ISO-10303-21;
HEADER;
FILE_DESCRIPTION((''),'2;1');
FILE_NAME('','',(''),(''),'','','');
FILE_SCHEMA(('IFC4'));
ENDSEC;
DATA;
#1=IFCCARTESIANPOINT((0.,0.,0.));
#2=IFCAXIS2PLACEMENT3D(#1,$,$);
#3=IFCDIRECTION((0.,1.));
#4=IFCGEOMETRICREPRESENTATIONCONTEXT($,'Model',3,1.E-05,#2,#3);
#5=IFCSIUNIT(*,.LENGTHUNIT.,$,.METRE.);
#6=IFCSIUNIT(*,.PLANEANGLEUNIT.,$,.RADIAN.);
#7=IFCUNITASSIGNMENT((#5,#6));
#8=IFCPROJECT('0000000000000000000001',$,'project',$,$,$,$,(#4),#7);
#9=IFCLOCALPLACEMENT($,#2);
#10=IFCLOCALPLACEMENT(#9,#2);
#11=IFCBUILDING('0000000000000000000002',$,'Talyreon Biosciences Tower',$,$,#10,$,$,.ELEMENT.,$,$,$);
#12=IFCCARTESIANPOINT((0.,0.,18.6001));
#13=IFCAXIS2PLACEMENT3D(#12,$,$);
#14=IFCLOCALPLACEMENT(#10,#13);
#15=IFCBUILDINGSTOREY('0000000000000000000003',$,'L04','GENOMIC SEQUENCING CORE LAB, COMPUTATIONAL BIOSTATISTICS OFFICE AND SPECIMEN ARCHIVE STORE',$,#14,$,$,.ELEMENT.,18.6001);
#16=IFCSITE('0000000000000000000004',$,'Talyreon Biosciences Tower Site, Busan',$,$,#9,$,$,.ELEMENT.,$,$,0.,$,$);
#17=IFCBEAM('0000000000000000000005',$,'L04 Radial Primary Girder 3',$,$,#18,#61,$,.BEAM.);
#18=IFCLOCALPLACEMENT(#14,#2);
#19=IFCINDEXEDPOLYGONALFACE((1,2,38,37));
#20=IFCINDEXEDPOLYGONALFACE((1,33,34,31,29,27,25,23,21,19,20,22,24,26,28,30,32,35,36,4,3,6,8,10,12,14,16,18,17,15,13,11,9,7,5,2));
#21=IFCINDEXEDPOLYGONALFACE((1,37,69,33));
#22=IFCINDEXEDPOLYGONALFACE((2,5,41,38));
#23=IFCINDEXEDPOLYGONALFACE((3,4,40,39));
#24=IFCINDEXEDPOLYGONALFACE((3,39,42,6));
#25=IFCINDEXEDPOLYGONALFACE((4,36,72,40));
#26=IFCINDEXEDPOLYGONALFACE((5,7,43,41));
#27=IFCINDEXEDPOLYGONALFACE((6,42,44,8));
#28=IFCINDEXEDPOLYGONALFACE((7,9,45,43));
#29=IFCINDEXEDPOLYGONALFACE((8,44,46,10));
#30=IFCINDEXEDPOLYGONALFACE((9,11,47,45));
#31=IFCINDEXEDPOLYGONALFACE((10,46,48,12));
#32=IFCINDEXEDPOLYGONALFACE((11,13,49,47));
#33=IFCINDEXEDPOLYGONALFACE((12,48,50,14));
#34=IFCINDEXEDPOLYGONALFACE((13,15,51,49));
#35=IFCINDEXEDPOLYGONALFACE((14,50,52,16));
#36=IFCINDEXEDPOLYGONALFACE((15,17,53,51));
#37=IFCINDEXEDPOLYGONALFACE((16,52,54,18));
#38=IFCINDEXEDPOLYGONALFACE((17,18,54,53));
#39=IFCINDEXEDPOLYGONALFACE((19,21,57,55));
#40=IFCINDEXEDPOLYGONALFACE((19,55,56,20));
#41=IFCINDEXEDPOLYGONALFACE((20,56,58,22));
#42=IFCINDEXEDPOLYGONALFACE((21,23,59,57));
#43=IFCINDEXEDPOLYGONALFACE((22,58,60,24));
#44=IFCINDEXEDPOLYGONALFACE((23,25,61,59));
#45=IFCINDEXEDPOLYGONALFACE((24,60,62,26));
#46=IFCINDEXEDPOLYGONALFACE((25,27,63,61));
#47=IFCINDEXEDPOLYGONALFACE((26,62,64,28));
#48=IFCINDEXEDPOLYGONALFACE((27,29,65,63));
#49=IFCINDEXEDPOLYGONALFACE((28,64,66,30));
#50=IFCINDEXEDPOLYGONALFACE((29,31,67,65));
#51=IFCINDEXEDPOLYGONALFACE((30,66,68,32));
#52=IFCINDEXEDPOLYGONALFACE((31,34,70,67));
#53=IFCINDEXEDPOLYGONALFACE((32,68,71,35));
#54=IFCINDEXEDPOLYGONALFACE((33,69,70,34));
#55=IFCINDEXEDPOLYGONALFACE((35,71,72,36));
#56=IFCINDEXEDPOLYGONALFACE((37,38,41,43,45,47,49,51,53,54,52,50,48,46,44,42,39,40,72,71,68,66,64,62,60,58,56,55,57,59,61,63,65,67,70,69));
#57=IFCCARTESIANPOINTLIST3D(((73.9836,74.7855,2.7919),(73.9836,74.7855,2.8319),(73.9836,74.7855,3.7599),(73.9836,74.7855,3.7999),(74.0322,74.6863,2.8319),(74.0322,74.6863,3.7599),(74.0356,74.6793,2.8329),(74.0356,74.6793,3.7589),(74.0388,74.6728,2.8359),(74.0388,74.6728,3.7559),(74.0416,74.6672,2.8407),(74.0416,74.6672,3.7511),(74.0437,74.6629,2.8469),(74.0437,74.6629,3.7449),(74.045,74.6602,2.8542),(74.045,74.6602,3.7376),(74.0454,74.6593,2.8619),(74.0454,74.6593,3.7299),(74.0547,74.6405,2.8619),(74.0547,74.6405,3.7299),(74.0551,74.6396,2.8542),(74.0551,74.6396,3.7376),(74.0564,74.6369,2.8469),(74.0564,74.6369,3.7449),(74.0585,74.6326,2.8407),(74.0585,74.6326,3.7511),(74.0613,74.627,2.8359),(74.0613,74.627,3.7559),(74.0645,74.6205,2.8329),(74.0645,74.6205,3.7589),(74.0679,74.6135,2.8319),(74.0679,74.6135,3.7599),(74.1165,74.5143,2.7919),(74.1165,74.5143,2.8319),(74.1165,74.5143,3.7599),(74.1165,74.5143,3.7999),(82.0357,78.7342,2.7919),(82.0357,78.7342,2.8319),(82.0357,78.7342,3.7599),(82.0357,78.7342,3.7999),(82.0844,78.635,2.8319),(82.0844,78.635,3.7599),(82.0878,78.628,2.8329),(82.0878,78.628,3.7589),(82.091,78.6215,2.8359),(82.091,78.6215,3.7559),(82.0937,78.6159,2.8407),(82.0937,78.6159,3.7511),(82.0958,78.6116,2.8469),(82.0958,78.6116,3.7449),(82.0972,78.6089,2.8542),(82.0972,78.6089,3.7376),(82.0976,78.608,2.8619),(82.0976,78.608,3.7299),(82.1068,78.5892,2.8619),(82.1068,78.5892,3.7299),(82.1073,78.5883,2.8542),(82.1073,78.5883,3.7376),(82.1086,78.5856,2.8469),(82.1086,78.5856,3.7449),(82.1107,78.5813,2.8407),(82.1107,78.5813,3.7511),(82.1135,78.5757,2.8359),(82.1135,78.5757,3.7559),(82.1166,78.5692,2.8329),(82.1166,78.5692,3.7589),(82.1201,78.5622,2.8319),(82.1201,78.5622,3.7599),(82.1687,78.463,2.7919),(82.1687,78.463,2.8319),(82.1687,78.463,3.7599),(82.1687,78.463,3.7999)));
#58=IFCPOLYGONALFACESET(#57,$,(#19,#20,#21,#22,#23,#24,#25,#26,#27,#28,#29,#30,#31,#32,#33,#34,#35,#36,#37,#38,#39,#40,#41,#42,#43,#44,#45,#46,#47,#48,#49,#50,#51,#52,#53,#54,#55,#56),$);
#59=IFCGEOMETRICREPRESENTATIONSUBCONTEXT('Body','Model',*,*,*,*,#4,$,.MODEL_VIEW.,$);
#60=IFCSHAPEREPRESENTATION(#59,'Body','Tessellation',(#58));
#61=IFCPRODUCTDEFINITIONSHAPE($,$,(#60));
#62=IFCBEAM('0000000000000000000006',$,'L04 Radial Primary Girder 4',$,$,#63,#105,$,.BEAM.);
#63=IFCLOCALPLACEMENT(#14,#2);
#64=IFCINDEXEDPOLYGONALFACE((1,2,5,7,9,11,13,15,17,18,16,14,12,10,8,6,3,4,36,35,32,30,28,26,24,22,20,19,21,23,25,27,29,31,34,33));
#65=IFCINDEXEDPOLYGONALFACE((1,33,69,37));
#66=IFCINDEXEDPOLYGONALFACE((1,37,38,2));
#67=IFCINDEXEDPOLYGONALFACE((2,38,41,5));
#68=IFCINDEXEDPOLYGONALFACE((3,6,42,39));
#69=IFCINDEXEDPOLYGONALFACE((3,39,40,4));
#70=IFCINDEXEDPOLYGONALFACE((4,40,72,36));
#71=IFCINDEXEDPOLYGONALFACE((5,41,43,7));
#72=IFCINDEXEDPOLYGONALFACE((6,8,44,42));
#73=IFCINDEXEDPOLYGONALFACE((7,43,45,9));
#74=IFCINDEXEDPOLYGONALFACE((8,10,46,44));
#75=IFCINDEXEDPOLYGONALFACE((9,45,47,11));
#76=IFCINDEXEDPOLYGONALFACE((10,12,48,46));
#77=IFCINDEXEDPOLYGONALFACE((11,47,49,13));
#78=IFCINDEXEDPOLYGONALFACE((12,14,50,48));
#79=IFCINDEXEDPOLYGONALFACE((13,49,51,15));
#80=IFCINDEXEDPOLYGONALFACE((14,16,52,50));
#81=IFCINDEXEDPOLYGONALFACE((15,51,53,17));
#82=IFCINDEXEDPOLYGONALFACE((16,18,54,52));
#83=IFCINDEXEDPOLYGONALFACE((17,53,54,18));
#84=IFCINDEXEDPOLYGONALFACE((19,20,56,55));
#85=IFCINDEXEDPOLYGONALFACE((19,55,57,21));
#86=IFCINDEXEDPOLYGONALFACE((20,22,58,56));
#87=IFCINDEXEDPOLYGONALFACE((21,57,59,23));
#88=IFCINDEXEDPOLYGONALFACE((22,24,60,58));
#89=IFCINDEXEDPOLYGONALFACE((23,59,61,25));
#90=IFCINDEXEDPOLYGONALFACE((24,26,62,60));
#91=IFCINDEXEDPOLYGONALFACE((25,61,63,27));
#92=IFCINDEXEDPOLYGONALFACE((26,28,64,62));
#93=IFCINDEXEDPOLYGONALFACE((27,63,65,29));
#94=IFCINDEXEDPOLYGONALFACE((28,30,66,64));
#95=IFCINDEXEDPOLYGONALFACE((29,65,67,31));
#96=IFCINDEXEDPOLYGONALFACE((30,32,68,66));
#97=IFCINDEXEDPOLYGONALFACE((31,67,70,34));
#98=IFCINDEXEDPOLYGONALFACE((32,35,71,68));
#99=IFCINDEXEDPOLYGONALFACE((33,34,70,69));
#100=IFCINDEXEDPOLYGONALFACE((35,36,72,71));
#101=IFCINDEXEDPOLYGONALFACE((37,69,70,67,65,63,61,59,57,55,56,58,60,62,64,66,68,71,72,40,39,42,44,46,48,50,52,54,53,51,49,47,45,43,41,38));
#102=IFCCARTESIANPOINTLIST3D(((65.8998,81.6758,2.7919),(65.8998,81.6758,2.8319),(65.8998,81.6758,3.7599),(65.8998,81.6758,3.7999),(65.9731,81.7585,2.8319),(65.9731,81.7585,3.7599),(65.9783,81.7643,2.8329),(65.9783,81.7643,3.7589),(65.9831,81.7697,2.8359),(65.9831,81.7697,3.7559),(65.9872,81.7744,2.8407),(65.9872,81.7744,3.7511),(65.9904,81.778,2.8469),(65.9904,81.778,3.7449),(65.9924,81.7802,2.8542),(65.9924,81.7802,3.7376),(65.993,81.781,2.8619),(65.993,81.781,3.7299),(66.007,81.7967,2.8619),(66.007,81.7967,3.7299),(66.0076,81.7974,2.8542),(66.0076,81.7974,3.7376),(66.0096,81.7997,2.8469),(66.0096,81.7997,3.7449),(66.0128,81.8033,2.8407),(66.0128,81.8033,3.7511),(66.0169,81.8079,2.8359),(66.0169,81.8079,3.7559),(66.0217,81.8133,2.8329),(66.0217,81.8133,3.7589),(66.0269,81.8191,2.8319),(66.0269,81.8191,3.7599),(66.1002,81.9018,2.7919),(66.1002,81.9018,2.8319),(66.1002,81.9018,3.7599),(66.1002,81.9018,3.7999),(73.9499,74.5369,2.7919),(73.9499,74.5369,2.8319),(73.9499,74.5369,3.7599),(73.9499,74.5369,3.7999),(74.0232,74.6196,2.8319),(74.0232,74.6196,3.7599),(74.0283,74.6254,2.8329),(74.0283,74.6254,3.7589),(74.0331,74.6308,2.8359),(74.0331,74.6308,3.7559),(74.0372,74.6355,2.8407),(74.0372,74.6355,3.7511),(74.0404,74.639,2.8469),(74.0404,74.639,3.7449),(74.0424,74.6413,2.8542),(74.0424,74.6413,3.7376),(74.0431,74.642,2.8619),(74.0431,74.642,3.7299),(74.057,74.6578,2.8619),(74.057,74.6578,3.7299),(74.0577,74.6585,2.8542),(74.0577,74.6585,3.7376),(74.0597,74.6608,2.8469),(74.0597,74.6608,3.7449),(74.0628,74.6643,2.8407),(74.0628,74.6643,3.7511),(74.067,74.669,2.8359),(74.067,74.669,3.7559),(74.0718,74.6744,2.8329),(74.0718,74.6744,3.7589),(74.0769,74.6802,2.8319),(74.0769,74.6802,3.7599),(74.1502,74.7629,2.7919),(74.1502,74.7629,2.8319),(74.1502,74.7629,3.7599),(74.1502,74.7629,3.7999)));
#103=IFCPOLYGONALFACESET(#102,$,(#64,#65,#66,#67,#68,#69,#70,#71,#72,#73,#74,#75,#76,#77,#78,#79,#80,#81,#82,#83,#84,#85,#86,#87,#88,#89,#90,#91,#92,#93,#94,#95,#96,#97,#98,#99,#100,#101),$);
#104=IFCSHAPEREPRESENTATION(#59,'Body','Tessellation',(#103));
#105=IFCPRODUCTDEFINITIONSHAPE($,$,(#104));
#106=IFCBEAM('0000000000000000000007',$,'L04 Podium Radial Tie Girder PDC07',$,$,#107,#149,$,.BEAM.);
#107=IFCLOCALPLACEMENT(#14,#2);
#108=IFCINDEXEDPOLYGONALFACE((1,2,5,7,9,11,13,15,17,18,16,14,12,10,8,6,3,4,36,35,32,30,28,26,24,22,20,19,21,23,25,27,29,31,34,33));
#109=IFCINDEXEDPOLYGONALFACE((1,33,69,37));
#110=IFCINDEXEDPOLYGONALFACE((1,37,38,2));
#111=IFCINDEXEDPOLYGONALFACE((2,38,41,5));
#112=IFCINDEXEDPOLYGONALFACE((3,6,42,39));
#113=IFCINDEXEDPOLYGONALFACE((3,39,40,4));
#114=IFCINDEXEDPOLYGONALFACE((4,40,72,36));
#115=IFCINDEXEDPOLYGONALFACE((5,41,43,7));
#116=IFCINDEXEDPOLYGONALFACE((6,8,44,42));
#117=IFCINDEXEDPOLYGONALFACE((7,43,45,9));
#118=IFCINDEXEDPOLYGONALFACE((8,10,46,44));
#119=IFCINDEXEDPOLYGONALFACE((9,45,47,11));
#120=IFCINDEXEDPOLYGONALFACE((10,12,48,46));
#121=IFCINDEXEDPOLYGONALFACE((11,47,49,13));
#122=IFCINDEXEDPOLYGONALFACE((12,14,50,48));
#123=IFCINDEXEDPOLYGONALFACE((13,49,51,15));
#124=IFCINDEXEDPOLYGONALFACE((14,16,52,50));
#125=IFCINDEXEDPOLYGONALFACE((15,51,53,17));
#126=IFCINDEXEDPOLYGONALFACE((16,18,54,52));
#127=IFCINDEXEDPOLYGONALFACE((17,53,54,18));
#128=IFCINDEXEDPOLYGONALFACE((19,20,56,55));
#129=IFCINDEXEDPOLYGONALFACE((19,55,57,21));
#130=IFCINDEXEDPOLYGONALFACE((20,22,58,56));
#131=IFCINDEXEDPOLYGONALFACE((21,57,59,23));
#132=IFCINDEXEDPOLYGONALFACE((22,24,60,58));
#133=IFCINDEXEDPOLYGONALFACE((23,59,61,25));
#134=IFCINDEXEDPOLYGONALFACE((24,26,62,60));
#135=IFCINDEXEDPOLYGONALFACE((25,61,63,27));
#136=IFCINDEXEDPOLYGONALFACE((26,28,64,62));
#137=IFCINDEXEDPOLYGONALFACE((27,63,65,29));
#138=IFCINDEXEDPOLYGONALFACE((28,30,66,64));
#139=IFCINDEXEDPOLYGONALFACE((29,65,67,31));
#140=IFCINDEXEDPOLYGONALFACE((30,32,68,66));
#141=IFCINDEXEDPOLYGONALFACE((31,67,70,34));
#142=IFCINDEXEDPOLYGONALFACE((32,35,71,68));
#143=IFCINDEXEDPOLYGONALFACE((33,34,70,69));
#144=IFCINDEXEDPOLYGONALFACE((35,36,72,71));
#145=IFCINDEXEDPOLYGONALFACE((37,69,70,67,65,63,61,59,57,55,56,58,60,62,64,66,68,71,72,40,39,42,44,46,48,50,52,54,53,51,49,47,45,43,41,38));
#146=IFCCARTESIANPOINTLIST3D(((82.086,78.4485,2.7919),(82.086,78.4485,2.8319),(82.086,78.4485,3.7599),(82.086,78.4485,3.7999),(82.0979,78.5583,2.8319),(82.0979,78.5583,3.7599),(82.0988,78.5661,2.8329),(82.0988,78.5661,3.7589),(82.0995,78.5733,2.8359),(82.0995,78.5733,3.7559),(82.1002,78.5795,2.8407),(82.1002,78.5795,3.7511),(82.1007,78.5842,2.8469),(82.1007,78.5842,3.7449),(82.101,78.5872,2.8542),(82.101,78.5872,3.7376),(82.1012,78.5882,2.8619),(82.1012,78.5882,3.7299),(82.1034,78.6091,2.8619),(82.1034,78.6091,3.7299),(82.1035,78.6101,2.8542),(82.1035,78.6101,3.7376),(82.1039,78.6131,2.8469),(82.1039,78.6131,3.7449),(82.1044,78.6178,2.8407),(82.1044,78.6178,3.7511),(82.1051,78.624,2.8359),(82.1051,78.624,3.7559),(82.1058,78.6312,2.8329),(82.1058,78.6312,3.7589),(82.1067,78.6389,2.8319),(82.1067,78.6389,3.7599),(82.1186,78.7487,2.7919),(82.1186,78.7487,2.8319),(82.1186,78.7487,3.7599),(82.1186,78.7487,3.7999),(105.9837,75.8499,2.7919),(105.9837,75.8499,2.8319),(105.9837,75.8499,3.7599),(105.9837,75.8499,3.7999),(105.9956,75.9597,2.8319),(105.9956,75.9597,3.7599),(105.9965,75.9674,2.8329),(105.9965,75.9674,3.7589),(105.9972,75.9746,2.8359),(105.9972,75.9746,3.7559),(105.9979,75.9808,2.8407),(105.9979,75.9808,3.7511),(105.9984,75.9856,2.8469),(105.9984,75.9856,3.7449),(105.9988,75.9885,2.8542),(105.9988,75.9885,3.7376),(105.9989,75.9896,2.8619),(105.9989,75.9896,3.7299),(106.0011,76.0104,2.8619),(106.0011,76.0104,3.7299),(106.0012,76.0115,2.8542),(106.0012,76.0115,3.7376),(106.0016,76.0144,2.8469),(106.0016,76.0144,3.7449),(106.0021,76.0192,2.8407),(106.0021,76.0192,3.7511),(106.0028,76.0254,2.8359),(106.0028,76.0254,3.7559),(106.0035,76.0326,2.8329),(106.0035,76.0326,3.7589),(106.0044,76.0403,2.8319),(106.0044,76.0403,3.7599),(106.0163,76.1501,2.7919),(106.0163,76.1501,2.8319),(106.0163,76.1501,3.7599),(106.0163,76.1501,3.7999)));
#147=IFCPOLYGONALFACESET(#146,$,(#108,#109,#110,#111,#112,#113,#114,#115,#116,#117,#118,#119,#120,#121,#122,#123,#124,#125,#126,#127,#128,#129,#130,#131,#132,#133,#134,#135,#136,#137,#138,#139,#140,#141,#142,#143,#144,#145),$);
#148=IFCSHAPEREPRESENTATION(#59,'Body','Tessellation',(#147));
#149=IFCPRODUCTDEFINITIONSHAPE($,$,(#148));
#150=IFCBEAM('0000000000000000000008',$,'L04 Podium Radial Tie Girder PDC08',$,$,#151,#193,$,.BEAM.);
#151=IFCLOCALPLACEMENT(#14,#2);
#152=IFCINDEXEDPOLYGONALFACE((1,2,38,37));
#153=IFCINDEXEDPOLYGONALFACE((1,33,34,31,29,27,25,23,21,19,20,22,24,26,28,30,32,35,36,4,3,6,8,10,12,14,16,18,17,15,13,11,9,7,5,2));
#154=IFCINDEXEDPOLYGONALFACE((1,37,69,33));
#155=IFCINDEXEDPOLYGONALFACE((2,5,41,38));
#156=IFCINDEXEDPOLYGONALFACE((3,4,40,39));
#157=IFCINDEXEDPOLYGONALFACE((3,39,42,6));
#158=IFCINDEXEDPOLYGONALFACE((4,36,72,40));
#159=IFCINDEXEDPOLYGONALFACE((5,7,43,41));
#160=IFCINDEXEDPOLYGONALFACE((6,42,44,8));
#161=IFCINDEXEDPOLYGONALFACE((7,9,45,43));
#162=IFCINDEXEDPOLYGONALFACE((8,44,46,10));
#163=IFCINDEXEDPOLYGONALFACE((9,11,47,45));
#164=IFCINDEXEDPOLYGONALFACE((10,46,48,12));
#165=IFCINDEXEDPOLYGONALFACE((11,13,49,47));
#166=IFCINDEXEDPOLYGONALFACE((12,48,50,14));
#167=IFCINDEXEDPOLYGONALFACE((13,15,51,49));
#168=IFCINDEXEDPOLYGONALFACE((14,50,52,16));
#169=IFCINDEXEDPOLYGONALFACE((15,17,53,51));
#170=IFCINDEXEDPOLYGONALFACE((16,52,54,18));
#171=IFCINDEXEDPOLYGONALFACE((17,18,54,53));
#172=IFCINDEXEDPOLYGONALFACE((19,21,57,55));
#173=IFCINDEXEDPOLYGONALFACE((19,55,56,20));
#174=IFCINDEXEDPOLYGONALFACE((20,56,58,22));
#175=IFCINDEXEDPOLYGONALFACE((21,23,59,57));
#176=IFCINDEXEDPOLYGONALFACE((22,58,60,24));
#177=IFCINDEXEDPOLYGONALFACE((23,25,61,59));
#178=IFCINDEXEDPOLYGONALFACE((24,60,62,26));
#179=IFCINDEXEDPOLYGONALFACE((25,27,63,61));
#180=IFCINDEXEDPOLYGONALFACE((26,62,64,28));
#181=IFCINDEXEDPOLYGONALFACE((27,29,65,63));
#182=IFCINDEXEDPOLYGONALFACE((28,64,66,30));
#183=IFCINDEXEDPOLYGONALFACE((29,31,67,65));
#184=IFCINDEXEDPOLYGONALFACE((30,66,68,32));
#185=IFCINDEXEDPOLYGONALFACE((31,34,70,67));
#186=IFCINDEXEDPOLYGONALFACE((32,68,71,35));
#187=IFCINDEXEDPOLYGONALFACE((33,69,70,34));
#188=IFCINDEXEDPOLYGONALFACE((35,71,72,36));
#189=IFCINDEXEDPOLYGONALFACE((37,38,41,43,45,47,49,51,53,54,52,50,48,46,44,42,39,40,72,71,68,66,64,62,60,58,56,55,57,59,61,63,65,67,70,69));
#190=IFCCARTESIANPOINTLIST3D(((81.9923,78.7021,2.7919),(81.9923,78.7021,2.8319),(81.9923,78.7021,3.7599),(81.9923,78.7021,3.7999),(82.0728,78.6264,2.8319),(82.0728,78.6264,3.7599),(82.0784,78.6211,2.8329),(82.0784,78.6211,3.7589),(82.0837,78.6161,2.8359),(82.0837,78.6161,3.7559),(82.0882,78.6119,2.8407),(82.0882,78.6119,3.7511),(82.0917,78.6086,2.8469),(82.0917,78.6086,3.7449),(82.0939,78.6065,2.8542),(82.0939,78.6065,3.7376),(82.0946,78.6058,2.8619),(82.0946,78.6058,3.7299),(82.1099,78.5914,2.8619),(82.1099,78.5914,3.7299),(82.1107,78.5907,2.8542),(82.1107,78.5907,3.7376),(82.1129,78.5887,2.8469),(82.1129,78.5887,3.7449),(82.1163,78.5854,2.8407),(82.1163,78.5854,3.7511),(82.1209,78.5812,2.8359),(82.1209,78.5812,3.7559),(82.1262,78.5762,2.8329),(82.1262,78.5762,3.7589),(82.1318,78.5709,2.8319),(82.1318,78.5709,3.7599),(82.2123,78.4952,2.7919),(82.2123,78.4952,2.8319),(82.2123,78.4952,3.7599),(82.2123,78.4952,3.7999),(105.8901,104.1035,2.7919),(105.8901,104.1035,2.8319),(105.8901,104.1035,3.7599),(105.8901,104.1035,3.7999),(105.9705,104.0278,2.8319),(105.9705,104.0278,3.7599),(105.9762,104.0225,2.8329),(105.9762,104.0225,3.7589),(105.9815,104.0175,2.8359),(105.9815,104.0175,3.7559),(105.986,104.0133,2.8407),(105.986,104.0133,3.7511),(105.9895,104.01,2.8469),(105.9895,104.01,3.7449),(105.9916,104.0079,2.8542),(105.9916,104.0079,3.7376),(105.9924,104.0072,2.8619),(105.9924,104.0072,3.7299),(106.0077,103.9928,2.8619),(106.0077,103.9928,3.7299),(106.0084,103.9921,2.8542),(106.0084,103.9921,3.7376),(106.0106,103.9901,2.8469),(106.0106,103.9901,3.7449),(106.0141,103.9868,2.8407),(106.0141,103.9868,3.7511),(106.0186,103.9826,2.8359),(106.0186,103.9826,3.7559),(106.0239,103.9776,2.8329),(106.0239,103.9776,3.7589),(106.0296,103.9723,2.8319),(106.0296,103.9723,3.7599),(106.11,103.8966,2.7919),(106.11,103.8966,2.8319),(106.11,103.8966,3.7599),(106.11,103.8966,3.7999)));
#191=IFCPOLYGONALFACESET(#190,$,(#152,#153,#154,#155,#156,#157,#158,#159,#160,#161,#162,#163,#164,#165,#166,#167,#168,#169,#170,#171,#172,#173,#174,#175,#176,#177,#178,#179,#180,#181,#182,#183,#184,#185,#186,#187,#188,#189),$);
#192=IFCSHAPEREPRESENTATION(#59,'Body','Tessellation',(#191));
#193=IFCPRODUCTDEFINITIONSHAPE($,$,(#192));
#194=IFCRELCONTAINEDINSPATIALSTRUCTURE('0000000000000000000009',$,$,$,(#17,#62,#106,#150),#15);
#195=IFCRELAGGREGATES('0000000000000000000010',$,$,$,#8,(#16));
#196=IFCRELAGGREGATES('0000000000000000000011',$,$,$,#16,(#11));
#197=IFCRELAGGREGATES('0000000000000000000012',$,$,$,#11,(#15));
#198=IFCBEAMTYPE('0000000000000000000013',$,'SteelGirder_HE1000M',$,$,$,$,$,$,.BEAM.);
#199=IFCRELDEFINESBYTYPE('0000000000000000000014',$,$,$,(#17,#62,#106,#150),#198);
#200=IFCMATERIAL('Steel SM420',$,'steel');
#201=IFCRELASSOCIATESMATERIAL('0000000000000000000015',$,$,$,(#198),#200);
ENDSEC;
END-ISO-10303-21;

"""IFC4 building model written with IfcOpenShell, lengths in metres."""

from ifc_helpers import new_model, si_unit, direction, frame, origin, origin_2d, place, context, subcontext, project, spatial, i_section, extrude, material, material_profile, profile_set, type_object, element, save


model = new_model("IFC4")

# Units and contexts
model_context = context("Model", 3, precision=1e-05, world=origin(), true_north=direction((0.0, 1.0)))
body_context = subcontext(model_context, "Body", "Model", "MODEL_VIEW")
ifc_project = project(units=[si_unit("LENGTHUNIT", "METRE"), si_unit("PLANEANGLEUNIT", "RADIAN")], contexts=[model_context])

# Site, building, storey
site_placement = place(None, origin())
site = spatial("IfcSite", under=ifc_project, at=site_placement, Name="Talyreon Biosciences Tower Site, Busan", CompositionType="ELEMENT", RefElevation=0.0)
building_placement = place(site_placement, origin())
building = spatial("IfcBuilding", under=site, at=building_placement, Name="Talyreon Biosciences Tower", CompositionType="ELEMENT")
storey_placement = place(building_placement, frame((0.0, 0.0, 18.6001)))
storey = spatial("IfcBuildingStorey", under=building, at=storey_placement, Name="L04", Description="GENOMIC SEQUENCING CORE LAB, COMPUTATIONAL BIOSTATISTICS OFFICE AND SPECIMEN ARCHIVE STORE", CompositionType="ELEMENT", Elevation=18.6001)

# Beams
ifc_material_1 = material(Name="Steel SM420", Category="steel")
ifc_material_profile_1 = material_profile(ifc_material_1, i_section(OverallWidth=0.302, OverallDepth=1.0081, WebThickness=0.021, FlangeThickness=0.04, FilletRadius=0.03, at=origin_2d()), Name="HE1000M")
ifc_profile_set_1 = profile_set([ifc_material_profile_1], Name="Steel SM420")
beam_type_1 = type_object("IfcBeamType", Name="SteelGirder_HE1000M", PredefinedType="BEAM", material=ifc_profile_set_1)
beam_1_placement = place(storey_placement, frame((74.05, 74.6499, 3.2959), z_axis=(0.897852, 0.440297, 0.0), x_axis=(-0.440297, 0.897852, 0.0)))
element("IfcBeam", 1, at=beam_1_placement, inside=storey, type_object=beam_type_1, Name="L04 Radial Primary Girder 3", PredefinedType="BEAM", context=body_context, shape_type="SweptSolid", body=[
    extrude(i_section(OverallWidth=0.302, OverallDepth=1.0081, WebThickness=0.021, FlangeThickness=0.04, FilletRadius=0.03, at=origin_2d()), origin(), (0.0, 0.0, 1.0), 8.9683),
])
beam_2_placement = place(storey_placement, frame((74.05, 74.6499, 3.2959), z_axis=(-0.748179, 0.663497, 0.0), x_axis=(-0.663497, -0.748179, 0.0)))
element("IfcBeam", 2, at=beam_2_placement, inside=storey, type_object=beam_type_1, Name="L04 Radial Primary Girder 4", PredefinedType="BEAM", context=body_context, shape_type="SweptSolid", body=[
    extrude(i_section(OverallWidth=0.302, OverallDepth=1.0081, WebThickness=0.021, FlangeThickness=0.04, FilletRadius=0.03, at=origin_2d()), origin(), (0.0, 0.0, 1.0), 10.7595),
])
beam_3_placement = place(storey_placement, frame((82.1023, 78.5986, 3.2959), z_axis=(0.99414, -0.108103, 0.0), x_axis=(0.108103, 0.99414, 0.0)))
element("IfcBeam", 3, at=beam_3_placement, inside=storey, type_object=beam_type_1, Name="L04 Podium Radial Tie Girder PDC07", PredefinedType="BEAM", context=body_context, shape_type="SweptSolid", body=[
    extrude(i_section(OverallWidth=0.302, OverallDepth=1.0081, WebThickness=0.021, FlangeThickness=0.04, FilletRadius=0.03, at=origin_2d()), origin(), (0.0, 0.0, 1.0), 24.0386),
])
beam_4_placement = place(storey_placement, frame((82.1023, 78.5986, 3.2959), z_axis=(0.685221, 0.728335, 0.0), x_axis=(-0.728335, 0.685221, 0.0)))
element("IfcBeam", 4, at=beam_4_placement, inside=storey, type_object=beam_type_1, Name="L04 Podium Radial Tie Girder PDC08", PredefinedType="BEAM", context=body_context, shape_type="SweptSolid", body=[
    extrude(i_section(OverallWidth=0.302, OverallDepth=1.0081, WebThickness=0.021, FlangeThickness=0.04, FilletRadius=0.03, at=origin_2d()), origin(), (0.0, 0.0, 1.0), 34.876),
])

save(model, "model.ifc")
